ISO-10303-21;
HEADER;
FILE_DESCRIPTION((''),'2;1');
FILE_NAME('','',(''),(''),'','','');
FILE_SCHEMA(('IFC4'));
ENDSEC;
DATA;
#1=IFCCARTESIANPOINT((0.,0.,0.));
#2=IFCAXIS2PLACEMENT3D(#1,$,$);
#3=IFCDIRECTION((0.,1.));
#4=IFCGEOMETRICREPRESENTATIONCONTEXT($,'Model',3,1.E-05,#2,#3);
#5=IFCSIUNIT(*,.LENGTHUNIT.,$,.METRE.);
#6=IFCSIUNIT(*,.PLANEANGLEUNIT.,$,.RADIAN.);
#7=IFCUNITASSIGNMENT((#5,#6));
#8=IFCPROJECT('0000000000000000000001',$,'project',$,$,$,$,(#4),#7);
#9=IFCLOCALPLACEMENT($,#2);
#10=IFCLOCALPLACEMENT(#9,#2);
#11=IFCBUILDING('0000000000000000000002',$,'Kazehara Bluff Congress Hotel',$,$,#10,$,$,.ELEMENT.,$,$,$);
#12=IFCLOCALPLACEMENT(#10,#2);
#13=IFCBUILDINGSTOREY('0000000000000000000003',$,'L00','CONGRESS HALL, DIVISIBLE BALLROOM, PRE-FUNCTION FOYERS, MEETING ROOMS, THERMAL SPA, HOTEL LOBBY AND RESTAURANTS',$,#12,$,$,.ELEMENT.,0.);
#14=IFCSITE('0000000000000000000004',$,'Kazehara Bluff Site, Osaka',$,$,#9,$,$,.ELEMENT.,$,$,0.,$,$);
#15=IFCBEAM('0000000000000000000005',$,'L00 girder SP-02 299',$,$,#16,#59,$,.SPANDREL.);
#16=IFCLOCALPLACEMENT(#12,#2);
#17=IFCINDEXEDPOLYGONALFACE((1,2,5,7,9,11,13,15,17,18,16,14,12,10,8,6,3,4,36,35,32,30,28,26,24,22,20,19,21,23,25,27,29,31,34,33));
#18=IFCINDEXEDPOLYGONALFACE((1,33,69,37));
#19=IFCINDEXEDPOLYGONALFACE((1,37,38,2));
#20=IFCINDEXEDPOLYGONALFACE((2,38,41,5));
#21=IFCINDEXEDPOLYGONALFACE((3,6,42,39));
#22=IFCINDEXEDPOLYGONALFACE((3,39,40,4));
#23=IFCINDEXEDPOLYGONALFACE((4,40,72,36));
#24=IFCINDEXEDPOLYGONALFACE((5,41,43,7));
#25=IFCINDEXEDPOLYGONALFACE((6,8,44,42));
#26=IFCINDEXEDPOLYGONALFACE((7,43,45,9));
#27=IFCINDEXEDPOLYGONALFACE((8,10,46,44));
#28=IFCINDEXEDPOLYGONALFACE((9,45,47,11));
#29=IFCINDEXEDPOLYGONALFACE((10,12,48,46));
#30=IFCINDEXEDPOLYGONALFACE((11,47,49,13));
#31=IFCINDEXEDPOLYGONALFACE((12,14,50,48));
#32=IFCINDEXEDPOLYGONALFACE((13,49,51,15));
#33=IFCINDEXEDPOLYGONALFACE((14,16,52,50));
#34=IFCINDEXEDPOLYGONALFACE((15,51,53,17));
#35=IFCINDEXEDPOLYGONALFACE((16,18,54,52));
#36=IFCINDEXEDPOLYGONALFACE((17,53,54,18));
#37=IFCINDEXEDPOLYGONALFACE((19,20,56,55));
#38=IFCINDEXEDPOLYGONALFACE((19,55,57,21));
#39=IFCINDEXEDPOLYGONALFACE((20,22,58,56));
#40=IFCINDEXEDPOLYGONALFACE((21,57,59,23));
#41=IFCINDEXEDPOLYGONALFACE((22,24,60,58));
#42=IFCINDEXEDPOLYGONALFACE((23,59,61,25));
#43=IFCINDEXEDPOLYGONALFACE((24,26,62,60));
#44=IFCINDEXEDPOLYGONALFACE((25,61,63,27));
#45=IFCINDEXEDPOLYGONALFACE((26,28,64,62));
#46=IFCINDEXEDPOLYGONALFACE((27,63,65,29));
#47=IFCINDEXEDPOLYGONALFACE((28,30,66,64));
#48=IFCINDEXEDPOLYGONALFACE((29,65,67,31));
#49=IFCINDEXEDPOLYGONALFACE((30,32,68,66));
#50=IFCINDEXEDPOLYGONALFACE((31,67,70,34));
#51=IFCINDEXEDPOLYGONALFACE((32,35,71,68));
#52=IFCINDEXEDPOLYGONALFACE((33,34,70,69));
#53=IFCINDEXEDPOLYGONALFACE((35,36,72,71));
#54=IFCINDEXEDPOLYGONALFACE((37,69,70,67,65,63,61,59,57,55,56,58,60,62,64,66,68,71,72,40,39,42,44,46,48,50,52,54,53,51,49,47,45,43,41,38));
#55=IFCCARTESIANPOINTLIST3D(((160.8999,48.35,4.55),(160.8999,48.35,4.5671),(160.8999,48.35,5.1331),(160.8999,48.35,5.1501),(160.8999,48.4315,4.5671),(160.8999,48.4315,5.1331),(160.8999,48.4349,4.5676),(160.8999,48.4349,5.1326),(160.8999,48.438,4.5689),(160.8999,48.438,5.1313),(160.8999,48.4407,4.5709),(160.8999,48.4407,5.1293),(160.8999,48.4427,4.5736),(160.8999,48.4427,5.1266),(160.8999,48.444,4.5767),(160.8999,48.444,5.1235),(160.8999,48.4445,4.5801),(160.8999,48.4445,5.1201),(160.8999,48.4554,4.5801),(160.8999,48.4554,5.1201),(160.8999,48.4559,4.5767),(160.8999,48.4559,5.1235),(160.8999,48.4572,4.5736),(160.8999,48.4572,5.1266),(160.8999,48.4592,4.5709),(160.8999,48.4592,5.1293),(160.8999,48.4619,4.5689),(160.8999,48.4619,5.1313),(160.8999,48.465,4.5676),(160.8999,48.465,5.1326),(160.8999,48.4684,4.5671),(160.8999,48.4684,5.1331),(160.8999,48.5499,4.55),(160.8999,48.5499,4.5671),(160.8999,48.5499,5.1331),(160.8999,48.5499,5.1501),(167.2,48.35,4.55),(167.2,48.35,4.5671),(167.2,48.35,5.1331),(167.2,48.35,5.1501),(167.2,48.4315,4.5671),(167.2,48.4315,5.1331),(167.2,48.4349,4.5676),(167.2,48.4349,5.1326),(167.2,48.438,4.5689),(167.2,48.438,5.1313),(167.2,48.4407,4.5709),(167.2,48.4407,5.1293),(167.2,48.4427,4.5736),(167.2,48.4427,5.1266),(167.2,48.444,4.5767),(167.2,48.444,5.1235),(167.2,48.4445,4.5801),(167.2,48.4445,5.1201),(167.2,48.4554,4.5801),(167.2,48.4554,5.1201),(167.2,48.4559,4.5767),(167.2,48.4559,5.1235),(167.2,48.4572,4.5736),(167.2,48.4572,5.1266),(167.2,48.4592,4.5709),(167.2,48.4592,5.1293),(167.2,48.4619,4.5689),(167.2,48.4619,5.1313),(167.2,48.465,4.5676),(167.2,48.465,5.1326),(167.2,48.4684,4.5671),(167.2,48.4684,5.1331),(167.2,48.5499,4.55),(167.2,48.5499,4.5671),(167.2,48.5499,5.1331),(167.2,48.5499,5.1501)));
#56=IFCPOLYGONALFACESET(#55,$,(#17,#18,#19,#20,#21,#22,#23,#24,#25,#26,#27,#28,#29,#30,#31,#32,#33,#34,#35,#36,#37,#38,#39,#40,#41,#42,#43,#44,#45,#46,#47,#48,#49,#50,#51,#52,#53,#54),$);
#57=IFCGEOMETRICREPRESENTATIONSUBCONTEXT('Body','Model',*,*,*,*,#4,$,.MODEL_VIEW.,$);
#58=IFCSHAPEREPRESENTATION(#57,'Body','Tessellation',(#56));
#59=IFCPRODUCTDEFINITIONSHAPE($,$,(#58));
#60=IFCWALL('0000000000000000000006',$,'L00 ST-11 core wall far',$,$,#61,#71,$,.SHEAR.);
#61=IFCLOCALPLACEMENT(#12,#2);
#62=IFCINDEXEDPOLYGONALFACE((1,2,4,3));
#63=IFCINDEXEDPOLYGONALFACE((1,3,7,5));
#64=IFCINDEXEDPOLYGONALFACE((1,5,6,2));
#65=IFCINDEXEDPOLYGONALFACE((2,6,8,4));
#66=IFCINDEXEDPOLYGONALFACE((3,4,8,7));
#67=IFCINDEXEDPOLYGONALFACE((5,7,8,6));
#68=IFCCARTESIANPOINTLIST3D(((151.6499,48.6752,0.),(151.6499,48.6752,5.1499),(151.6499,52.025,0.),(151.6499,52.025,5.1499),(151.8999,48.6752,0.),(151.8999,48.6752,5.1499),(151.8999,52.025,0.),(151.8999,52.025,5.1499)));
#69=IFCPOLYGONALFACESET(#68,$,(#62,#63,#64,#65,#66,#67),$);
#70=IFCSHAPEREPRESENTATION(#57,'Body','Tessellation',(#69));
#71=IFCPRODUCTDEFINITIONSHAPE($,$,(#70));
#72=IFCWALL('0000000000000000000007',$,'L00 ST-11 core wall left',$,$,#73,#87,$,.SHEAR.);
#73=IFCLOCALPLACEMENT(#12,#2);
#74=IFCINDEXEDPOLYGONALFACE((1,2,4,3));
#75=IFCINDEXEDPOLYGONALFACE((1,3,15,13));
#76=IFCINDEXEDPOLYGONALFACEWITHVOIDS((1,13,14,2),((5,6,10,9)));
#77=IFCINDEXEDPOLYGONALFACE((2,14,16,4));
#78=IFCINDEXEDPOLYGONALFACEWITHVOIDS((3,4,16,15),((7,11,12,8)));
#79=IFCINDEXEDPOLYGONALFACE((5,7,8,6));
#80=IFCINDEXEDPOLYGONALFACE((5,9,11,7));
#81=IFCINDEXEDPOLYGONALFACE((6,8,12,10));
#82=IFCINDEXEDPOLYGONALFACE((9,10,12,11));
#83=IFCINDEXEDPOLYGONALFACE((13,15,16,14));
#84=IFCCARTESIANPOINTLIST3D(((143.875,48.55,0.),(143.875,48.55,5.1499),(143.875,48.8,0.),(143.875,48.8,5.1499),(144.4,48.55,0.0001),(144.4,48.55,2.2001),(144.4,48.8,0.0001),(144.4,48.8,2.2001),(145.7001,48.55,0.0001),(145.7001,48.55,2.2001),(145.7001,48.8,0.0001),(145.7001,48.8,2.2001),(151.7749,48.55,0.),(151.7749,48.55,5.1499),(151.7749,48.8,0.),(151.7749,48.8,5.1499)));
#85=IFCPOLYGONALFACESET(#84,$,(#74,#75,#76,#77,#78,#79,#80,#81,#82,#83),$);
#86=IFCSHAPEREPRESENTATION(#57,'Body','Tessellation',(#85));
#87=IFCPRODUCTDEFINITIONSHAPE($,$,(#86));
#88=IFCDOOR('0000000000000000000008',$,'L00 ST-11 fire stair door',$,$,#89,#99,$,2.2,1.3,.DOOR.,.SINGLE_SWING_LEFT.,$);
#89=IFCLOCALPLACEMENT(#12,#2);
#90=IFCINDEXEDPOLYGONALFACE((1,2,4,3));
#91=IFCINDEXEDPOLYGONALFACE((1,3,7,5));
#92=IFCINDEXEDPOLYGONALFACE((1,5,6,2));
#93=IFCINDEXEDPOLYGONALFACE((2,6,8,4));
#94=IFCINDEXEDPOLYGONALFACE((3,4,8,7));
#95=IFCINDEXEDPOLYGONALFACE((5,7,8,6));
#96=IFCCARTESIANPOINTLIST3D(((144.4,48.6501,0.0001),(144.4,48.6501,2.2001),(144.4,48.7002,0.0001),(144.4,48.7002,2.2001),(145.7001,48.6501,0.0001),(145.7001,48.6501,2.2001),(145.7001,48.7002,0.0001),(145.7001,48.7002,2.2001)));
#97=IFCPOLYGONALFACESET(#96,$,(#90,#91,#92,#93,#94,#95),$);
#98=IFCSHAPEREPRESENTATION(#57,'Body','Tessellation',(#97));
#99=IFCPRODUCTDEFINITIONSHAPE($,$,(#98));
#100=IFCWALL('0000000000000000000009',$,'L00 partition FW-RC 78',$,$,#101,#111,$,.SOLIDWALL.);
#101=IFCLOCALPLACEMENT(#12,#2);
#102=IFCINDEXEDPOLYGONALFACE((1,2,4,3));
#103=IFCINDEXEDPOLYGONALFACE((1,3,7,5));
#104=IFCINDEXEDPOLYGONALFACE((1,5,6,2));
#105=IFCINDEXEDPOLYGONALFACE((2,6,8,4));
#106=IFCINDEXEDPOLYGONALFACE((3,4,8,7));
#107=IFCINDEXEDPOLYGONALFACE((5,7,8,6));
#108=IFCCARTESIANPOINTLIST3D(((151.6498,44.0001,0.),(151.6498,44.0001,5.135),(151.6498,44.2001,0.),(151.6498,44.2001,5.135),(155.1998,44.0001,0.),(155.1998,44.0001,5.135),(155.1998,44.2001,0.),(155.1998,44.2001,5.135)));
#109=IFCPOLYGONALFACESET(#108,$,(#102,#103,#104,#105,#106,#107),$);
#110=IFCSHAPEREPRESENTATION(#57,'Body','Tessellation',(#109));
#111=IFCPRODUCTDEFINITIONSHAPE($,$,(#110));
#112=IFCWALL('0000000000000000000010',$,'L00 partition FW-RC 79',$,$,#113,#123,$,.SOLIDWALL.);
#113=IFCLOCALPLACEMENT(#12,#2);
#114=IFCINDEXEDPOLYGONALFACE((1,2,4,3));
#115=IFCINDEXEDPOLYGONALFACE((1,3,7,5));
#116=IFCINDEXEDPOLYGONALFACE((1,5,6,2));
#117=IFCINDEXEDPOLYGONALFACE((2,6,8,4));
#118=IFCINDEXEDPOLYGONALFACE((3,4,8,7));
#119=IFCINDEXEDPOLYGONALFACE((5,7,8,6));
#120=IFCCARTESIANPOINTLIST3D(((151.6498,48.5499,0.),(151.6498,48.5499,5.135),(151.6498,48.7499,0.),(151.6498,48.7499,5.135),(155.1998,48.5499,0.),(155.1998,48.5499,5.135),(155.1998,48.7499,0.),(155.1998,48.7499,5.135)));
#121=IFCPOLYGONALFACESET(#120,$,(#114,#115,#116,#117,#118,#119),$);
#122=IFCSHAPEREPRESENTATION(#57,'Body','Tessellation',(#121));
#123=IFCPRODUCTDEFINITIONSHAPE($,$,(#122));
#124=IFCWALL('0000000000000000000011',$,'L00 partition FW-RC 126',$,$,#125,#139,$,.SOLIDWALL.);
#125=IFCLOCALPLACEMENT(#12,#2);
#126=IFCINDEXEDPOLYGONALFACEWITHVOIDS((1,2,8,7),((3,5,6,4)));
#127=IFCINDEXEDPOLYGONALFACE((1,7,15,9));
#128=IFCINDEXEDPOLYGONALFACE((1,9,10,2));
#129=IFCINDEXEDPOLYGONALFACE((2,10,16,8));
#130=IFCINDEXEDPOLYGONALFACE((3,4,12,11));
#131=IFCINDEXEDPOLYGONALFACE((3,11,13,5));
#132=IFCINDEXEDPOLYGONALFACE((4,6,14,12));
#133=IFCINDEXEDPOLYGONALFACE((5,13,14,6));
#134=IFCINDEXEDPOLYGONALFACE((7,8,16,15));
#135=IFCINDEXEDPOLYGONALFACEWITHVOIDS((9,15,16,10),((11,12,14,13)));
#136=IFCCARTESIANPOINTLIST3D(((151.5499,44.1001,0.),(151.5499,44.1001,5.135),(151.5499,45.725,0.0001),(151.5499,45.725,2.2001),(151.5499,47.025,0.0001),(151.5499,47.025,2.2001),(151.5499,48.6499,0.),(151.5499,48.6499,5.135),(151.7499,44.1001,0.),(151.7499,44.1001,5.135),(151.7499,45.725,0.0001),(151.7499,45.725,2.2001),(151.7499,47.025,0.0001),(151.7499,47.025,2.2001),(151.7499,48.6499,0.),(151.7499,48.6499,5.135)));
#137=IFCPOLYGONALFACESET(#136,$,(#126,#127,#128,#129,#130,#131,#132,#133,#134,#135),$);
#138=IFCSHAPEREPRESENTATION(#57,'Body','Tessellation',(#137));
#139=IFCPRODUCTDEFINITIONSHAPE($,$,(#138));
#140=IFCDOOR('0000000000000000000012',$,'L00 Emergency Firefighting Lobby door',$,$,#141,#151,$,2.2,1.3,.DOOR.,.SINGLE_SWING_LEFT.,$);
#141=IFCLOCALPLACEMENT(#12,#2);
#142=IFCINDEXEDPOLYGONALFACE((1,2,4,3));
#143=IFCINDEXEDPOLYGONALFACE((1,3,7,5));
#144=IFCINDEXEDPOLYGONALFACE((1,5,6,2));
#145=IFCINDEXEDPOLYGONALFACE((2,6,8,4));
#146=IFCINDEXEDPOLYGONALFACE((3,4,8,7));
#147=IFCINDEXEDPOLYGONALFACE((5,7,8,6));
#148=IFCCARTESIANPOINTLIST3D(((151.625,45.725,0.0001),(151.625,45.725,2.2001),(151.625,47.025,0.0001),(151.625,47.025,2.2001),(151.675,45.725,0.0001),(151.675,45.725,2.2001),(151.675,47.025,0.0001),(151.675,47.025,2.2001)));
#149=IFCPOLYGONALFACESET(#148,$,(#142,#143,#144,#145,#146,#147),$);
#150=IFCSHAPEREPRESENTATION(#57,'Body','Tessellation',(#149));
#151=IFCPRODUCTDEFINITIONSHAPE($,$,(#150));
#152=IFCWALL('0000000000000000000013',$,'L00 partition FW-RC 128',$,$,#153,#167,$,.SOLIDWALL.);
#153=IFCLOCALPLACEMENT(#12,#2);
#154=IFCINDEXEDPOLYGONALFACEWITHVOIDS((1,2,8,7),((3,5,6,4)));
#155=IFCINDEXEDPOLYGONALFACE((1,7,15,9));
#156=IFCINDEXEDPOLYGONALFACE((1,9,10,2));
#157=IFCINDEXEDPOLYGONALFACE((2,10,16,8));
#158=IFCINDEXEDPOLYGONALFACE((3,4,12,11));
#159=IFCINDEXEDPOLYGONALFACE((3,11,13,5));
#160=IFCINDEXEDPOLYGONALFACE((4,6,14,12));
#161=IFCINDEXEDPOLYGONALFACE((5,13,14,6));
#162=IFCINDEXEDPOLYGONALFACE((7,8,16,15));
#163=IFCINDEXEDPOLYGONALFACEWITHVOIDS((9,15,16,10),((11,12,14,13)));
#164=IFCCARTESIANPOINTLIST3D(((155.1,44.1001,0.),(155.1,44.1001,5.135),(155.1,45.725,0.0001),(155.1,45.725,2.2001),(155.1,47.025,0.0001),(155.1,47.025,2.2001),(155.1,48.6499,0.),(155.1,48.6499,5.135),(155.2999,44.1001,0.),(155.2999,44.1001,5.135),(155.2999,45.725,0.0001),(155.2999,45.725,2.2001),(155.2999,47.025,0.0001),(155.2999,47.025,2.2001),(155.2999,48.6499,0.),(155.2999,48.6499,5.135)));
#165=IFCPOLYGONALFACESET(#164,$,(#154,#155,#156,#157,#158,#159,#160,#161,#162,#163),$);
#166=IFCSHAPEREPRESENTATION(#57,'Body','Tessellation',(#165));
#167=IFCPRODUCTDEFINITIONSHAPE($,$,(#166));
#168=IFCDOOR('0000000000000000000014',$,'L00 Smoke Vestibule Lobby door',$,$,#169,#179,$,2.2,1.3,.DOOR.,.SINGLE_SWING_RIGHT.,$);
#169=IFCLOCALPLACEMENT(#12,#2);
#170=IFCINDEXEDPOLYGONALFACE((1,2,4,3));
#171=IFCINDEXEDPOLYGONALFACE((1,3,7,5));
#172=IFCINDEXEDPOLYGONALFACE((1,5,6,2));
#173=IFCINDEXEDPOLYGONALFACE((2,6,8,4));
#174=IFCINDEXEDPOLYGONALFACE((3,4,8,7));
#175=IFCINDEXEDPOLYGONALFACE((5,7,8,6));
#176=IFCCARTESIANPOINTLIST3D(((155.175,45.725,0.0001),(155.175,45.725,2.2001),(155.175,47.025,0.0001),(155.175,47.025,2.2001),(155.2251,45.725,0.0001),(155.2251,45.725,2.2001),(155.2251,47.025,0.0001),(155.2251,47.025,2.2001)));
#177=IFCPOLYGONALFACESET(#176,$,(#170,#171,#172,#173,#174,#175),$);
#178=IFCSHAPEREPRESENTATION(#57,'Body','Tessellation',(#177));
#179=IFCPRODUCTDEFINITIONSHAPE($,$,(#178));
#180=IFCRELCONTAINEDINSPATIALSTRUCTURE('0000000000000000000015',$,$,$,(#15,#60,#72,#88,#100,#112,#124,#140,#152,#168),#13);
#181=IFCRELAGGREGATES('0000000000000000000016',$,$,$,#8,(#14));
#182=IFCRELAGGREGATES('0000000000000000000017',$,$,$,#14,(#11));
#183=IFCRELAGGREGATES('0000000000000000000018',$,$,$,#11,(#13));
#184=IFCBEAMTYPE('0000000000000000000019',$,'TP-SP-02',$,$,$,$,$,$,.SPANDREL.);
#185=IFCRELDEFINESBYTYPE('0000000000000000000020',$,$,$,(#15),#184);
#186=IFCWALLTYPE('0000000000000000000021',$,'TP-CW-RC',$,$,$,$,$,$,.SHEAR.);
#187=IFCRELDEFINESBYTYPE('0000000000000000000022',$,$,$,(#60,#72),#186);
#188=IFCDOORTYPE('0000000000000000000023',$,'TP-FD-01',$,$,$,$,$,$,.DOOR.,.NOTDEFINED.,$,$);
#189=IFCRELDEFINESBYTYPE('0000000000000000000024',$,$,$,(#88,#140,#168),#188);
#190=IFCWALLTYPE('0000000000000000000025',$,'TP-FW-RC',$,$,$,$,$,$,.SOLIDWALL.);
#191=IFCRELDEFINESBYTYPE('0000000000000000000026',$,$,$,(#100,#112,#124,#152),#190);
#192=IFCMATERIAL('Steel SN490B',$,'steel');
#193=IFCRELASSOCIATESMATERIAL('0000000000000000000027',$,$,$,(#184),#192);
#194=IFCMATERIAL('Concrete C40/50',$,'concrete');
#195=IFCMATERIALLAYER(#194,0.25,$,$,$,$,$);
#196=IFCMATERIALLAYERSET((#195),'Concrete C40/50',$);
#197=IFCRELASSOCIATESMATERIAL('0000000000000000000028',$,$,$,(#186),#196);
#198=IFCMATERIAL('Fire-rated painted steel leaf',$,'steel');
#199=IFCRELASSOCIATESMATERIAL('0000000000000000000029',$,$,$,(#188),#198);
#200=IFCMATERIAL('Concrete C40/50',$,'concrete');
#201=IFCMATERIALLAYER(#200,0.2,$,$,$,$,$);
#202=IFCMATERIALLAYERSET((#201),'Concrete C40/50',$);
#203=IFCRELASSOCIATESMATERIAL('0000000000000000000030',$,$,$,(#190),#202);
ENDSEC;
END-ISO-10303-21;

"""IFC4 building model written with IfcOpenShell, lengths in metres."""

from ifc_helpers import new_model, si_unit, direction, frame, frame_2d, origin, origin_2d, place, context, subcontext, project, spatial, rectangle, i_section, extrude, material, layer, layer_set, material_profile, profile_set, type_object, element, fill, save


model = new_model("IFC4")

# Units and contexts
model_context = context("Model", 3, precision=1e-05, world=origin(), true_north=direction((0.0, 1.0)))
body_context = subcontext(model_context, "Body", "Model", "MODEL_VIEW")
ifc_project = project(units=[si_unit("LENGTHUNIT", "METRE"), si_unit("PLANEANGLEUNIT", "RADIAN")], contexts=[model_context])

# Site, building, storey
site_placement = place(None, origin())
site = spatial("IfcSite", under=ifc_project, at=site_placement, Name="Kazehara Bluff Site, Osaka", CompositionType="ELEMENT", RefElevation=0.0)
building_placement = place(site_placement, origin())
building = spatial("IfcBuilding", under=site, at=building_placement, Name="Kazehara Bluff Congress Hotel", CompositionType="ELEMENT")
storey_placement = place(building_placement, origin())
storey = spatial("IfcBuildingStorey", under=building, at=storey_placement, Name="L00", Description="CONGRESS HALL, DIVISIBLE BALLROOM, PRE-FUNCTION FOYERS, MEETING ROOMS, THERMAL SPA, HOTEL LOBBY AND RESTAURANTS", CompositionType="ELEMENT", Elevation=0.0)

# Beam
ifc_material_1 = material(Name="Steel SN490B", Category="steel")
ifc_material_profile_1 = material_profile(ifc_material_1, i_section(OverallWidth=0.2, OverallDepth=0.6001, WebThickness=0.011, FlangeThickness=0.0171, FilletRadius=0.0129, at=origin_2d()))
ifc_profile_set_1 = profile_set([ifc_material_profile_1], Name="Steel SN490B")
beam_type_1 = type_object("IfcBeamType", Name="TP-SP-02", PredefinedType="SPANDREL", material=ifc_profile_set_1)
beam_1_placement = place(storey_placement, frame((160.8999, 48.45, 4.8501), z_axis=(1.0, 0.0, 0.0), x_axis=(0.0, 1.0, 0.0)))
element("IfcBeam", 1, at=beam_1_placement, inside=storey, type_object=beam_type_1, Name="L00 girder SP-02 299", PredefinedType="SPANDREL", context=body_context, shape_type="SweptSolid", body=[
    extrude(i_section(OverallWidth=0.2, OverallDepth=0.6001, WebThickness=0.011, FlangeThickness=0.0171, FilletRadius=0.0129, at=origin_2d()), origin(), (0.0, 0.0, 1.0), 6.3),
])

# Wall
ifc_material_2 = material(Name="Concrete C40/50", Category="concrete")
ifc_layer_1 = layer(ifc_material_2, 0.25)
ifc_layer_set_1 = layer_set([ifc_layer_1], Name="Concrete C40/50")
wall_type_1 = type_object("IfcWallType", Name="TP-CW-RC", PredefinedType="SHEAR", material=ifc_layer_set_1)
wall_1_placement = place(storey_placement, frame((151.7749, 52.0249, 0.0), z_axis=(0.0, 0.0, 1.0), x_axis=(0.0, -1.0, 0.0)))
element("IfcWall", 2, at=wall_1_placement, inside=storey, type_object=wall_type_1, Name="L00 ST-11 core wall far", PredefinedType="SHEAR", context=body_context, shape_type="SweptSolid", body=[
    extrude(rectangle(XDim=3.3499, YDim=0.25, at=frame_2d((1.6748, 0.0))), origin(), (0.0, 0.0, 1.0), 5.1499),
])

# Wall, opening, door
wall_2_placement = place(storey_placement, frame((151.7749, 48.675, 0.0), z_axis=(0.0, 0.0, 1.0), x_axis=(-1.0, 0.0, 0.0)))
wall_2 = element("IfcWall", 3, at=wall_2_placement, inside=storey, type_object=wall_type_1, Name="L00 ST-11 core wall left", PredefinedType="SHEAR", context=body_context, shape_type="SweptSolid", body=[
    extrude(rectangle(XDim=7.8999, YDim=0.25, at=frame_2d((3.95, 0.0))), origin(), (0.0, 0.0, 1.0), 5.1499),
])
opening_1_placement = place(wall_2_placement, frame((6.075, 0.0, 0.0)))
opening_1 = element("IfcOpeningElement", 4, at=opening_1_placement, cuts=wall_2, PredefinedType="OPENING", context=body_context, shape_type="SweptSolid", body=[
    extrude(rectangle(XDim=1.3, YDim=2.2, at=frame_2d((0.6499, 1.1001))), frame((0.0, 0.135, 0.0), z_axis=(0.0, -1.0, 0.0), x_axis=(1.0, 0.0, 0.0)), (0.0, 0.0, 1.0), 0.27),
])
ifc_material_3 = material(Name="Fire-rated painted steel leaf", Category="steel")
door_type_1 = type_object("IfcDoorType", Name="TP-FD-01", OperationType="NOTDEFINED", PredefinedType="DOOR", material=ifc_material_3)
door_1_placement = place(opening_1_placement, origin())
door_1 = element("IfcDoor", 5, at=door_1_placement, inside=storey, type_object=door_type_1, Name="L00 ST-11 fire stair door", OperationType="SINGLE_SWING_LEFT", OverallHeight=2.2, OverallWidth=1.3, PredefinedType="DOOR", context=body_context, shape_type="SweptSolid", body=[
    extrude(rectangle(XDim=1.3, YDim=2.2, at=frame_2d((0.6499, 1.1001))), frame((0.0, 0.0249, 0.0), z_axis=(0.0, -1.0, 0.0), x_axis=(1.0, 0.0, 0.0)), (0.0, 0.0, 1.0), 0.05),
])
fill(opening_1, door_1)

# Walls
ifc_material_4 = material(Name="Concrete C40/50", Category="concrete")
ifc_layer_2 = layer(ifc_material_4, 0.2)
ifc_layer_set_2 = layer_set([ifc_layer_2], Name="Concrete C40/50")
wall_type_2 = type_object("IfcWallType", Name="TP-FW-RC", PredefinedType="SOLIDWALL", material=ifc_layer_set_2)
for number, where, z_axis, x_axis, name in (
    (6, (151.6499, 44.1001, 0.0), (0.0, 0.0, 1.0), (1.0, 0.0, 0.0), "L00 partition FW-RC 78"),
    (7, (151.6499, 48.6499, 0.0), (0.0, 0.0, 1.0), (1.0, 0.0, 0.0), "L00 partition FW-RC 79"),
):
    element("IfcWall", number, at=place(storey_placement, frame(where, z_axis=z_axis, x_axis=x_axis)), inside=storey, type_object=wall_type_2, Name=name, PredefinedType="SOLIDWALL", context=body_context, shape_type="SweptSolid", body=[
        extrude(rectangle(XDim=3.55, YDim=0.2, at=frame_2d((1.7749, 0.0))), origin(), (0.0, 0.0, 1.0), 5.135),
    ])

# Walls, openings, doors
wall_3_placement = place(storey_placement, frame((151.6499, 44.1001, 0.0), z_axis=(0.0, 0.0, 1.0), x_axis=(0.0, 1.0, 0.0)))
wall_3 = element("IfcWall", 8, at=wall_3_placement, inside=storey, type_object=wall_type_2, Name="L00 partition FW-RC 126", PredefinedType="SOLIDWALL", context=body_context, shape_type="SweptSolid", body=[
    extrude(rectangle(XDim=4.5498, YDim=0.2, at=frame_2d((2.2749, 0.0))), origin(), (0.0, 0.0, 1.0), 5.135),
])
opening_2_placement = place(wall_3_placement, frame((1.625, 0.0, 0.0)))
opening_2 = element("IfcOpeningElement", 9, at=opening_2_placement, cuts=wall_3, PredefinedType="OPENING", context=body_context, shape_type="SweptSolid", body=[
    extrude(rectangle(XDim=1.3, YDim=2.2, at=frame_2d((0.6499, 1.1001))), frame((0.0, 0.1099, 0.0), z_axis=(0.0, -1.0, 0.0), x_axis=(1.0, 0.0, 0.0)), (0.0, 0.0, 1.0), 0.22),
])
door_2_placement = place(opening_2_placement, origin())
door_2 = element("IfcDoor", 10, at=door_2_placement, inside=storey, type_object=door_type_1, Name="L00 Emergency Firefighting Lobby door", OperationType="SINGLE_SWING_LEFT", OverallHeight=2.2, OverallWidth=1.3, PredefinedType="DOOR", context=body_context, shape_type="SweptSolid", body=[
    extrude(rectangle(XDim=1.3, YDim=2.2, at=frame_2d((0.6499, 1.1001))), frame((0.0, 0.0249, 0.0), z_axis=(0.0, -1.0, 0.0), x_axis=(1.0, 0.0, 0.0)), (0.0, 0.0, 1.0), 0.05),
])
fill(opening_2, door_2)
wall_4_placement = place(storey_placement, frame((155.2, 44.1001, 0.0), z_axis=(0.0, 0.0, 1.0), x_axis=(0.0, 1.0, 0.0)))
wall_4 = element("IfcWall", 11, at=wall_4_placement, inside=storey, type_object=wall_type_2, Name="L00 partition FW-RC 128", PredefinedType="SOLIDWALL", context=body_context, shape_type="SweptSolid", body=[
    extrude(rectangle(XDim=4.5498, YDim=0.2, at=frame_2d((2.2749, 0.0))), origin(), (0.0, 0.0, 1.0), 5.135),
])
opening_3_placement = place(wall_4_placement, frame((1.625, 0.0, 0.0)))
opening_3 = element("IfcOpeningElement", 12, at=opening_3_placement, cuts=wall_4, PredefinedType="OPENING", context=body_context, shape_type="SweptSolid", body=[
    extrude(rectangle(XDim=1.3, YDim=2.2, at=frame_2d((0.6499, 1.1001))), frame((0.0, 0.1099, 0.0), z_axis=(0.0, -1.0, 0.0), x_axis=(1.0, 0.0, 0.0)), (0.0, 0.0, 1.0), 0.22),
])
door_3_placement = place(opening_3_placement, origin())
door_3 = element("IfcDoor", 13, at=door_3_placement, inside=storey, type_object=door_type_1, Name="L00 Smoke Vestibule Lobby door", OperationType="SINGLE_SWING_RIGHT", OverallHeight=2.2, OverallWidth=1.3, PredefinedType="DOOR", context=body_context, shape_type="SweptSolid", body=[
    extrude(rectangle(XDim=1.3, YDim=2.2, at=frame_2d((0.6499, 1.1001))), frame((0.0, 0.0249, 0.0), z_axis=(0.0, -1.0, 0.0), x_axis=(1.0, 0.0, 0.0)), (0.0, 0.0, 1.0), 0.05),
])
fill(opening_3, door_3)

save(model, "model.ifc")
